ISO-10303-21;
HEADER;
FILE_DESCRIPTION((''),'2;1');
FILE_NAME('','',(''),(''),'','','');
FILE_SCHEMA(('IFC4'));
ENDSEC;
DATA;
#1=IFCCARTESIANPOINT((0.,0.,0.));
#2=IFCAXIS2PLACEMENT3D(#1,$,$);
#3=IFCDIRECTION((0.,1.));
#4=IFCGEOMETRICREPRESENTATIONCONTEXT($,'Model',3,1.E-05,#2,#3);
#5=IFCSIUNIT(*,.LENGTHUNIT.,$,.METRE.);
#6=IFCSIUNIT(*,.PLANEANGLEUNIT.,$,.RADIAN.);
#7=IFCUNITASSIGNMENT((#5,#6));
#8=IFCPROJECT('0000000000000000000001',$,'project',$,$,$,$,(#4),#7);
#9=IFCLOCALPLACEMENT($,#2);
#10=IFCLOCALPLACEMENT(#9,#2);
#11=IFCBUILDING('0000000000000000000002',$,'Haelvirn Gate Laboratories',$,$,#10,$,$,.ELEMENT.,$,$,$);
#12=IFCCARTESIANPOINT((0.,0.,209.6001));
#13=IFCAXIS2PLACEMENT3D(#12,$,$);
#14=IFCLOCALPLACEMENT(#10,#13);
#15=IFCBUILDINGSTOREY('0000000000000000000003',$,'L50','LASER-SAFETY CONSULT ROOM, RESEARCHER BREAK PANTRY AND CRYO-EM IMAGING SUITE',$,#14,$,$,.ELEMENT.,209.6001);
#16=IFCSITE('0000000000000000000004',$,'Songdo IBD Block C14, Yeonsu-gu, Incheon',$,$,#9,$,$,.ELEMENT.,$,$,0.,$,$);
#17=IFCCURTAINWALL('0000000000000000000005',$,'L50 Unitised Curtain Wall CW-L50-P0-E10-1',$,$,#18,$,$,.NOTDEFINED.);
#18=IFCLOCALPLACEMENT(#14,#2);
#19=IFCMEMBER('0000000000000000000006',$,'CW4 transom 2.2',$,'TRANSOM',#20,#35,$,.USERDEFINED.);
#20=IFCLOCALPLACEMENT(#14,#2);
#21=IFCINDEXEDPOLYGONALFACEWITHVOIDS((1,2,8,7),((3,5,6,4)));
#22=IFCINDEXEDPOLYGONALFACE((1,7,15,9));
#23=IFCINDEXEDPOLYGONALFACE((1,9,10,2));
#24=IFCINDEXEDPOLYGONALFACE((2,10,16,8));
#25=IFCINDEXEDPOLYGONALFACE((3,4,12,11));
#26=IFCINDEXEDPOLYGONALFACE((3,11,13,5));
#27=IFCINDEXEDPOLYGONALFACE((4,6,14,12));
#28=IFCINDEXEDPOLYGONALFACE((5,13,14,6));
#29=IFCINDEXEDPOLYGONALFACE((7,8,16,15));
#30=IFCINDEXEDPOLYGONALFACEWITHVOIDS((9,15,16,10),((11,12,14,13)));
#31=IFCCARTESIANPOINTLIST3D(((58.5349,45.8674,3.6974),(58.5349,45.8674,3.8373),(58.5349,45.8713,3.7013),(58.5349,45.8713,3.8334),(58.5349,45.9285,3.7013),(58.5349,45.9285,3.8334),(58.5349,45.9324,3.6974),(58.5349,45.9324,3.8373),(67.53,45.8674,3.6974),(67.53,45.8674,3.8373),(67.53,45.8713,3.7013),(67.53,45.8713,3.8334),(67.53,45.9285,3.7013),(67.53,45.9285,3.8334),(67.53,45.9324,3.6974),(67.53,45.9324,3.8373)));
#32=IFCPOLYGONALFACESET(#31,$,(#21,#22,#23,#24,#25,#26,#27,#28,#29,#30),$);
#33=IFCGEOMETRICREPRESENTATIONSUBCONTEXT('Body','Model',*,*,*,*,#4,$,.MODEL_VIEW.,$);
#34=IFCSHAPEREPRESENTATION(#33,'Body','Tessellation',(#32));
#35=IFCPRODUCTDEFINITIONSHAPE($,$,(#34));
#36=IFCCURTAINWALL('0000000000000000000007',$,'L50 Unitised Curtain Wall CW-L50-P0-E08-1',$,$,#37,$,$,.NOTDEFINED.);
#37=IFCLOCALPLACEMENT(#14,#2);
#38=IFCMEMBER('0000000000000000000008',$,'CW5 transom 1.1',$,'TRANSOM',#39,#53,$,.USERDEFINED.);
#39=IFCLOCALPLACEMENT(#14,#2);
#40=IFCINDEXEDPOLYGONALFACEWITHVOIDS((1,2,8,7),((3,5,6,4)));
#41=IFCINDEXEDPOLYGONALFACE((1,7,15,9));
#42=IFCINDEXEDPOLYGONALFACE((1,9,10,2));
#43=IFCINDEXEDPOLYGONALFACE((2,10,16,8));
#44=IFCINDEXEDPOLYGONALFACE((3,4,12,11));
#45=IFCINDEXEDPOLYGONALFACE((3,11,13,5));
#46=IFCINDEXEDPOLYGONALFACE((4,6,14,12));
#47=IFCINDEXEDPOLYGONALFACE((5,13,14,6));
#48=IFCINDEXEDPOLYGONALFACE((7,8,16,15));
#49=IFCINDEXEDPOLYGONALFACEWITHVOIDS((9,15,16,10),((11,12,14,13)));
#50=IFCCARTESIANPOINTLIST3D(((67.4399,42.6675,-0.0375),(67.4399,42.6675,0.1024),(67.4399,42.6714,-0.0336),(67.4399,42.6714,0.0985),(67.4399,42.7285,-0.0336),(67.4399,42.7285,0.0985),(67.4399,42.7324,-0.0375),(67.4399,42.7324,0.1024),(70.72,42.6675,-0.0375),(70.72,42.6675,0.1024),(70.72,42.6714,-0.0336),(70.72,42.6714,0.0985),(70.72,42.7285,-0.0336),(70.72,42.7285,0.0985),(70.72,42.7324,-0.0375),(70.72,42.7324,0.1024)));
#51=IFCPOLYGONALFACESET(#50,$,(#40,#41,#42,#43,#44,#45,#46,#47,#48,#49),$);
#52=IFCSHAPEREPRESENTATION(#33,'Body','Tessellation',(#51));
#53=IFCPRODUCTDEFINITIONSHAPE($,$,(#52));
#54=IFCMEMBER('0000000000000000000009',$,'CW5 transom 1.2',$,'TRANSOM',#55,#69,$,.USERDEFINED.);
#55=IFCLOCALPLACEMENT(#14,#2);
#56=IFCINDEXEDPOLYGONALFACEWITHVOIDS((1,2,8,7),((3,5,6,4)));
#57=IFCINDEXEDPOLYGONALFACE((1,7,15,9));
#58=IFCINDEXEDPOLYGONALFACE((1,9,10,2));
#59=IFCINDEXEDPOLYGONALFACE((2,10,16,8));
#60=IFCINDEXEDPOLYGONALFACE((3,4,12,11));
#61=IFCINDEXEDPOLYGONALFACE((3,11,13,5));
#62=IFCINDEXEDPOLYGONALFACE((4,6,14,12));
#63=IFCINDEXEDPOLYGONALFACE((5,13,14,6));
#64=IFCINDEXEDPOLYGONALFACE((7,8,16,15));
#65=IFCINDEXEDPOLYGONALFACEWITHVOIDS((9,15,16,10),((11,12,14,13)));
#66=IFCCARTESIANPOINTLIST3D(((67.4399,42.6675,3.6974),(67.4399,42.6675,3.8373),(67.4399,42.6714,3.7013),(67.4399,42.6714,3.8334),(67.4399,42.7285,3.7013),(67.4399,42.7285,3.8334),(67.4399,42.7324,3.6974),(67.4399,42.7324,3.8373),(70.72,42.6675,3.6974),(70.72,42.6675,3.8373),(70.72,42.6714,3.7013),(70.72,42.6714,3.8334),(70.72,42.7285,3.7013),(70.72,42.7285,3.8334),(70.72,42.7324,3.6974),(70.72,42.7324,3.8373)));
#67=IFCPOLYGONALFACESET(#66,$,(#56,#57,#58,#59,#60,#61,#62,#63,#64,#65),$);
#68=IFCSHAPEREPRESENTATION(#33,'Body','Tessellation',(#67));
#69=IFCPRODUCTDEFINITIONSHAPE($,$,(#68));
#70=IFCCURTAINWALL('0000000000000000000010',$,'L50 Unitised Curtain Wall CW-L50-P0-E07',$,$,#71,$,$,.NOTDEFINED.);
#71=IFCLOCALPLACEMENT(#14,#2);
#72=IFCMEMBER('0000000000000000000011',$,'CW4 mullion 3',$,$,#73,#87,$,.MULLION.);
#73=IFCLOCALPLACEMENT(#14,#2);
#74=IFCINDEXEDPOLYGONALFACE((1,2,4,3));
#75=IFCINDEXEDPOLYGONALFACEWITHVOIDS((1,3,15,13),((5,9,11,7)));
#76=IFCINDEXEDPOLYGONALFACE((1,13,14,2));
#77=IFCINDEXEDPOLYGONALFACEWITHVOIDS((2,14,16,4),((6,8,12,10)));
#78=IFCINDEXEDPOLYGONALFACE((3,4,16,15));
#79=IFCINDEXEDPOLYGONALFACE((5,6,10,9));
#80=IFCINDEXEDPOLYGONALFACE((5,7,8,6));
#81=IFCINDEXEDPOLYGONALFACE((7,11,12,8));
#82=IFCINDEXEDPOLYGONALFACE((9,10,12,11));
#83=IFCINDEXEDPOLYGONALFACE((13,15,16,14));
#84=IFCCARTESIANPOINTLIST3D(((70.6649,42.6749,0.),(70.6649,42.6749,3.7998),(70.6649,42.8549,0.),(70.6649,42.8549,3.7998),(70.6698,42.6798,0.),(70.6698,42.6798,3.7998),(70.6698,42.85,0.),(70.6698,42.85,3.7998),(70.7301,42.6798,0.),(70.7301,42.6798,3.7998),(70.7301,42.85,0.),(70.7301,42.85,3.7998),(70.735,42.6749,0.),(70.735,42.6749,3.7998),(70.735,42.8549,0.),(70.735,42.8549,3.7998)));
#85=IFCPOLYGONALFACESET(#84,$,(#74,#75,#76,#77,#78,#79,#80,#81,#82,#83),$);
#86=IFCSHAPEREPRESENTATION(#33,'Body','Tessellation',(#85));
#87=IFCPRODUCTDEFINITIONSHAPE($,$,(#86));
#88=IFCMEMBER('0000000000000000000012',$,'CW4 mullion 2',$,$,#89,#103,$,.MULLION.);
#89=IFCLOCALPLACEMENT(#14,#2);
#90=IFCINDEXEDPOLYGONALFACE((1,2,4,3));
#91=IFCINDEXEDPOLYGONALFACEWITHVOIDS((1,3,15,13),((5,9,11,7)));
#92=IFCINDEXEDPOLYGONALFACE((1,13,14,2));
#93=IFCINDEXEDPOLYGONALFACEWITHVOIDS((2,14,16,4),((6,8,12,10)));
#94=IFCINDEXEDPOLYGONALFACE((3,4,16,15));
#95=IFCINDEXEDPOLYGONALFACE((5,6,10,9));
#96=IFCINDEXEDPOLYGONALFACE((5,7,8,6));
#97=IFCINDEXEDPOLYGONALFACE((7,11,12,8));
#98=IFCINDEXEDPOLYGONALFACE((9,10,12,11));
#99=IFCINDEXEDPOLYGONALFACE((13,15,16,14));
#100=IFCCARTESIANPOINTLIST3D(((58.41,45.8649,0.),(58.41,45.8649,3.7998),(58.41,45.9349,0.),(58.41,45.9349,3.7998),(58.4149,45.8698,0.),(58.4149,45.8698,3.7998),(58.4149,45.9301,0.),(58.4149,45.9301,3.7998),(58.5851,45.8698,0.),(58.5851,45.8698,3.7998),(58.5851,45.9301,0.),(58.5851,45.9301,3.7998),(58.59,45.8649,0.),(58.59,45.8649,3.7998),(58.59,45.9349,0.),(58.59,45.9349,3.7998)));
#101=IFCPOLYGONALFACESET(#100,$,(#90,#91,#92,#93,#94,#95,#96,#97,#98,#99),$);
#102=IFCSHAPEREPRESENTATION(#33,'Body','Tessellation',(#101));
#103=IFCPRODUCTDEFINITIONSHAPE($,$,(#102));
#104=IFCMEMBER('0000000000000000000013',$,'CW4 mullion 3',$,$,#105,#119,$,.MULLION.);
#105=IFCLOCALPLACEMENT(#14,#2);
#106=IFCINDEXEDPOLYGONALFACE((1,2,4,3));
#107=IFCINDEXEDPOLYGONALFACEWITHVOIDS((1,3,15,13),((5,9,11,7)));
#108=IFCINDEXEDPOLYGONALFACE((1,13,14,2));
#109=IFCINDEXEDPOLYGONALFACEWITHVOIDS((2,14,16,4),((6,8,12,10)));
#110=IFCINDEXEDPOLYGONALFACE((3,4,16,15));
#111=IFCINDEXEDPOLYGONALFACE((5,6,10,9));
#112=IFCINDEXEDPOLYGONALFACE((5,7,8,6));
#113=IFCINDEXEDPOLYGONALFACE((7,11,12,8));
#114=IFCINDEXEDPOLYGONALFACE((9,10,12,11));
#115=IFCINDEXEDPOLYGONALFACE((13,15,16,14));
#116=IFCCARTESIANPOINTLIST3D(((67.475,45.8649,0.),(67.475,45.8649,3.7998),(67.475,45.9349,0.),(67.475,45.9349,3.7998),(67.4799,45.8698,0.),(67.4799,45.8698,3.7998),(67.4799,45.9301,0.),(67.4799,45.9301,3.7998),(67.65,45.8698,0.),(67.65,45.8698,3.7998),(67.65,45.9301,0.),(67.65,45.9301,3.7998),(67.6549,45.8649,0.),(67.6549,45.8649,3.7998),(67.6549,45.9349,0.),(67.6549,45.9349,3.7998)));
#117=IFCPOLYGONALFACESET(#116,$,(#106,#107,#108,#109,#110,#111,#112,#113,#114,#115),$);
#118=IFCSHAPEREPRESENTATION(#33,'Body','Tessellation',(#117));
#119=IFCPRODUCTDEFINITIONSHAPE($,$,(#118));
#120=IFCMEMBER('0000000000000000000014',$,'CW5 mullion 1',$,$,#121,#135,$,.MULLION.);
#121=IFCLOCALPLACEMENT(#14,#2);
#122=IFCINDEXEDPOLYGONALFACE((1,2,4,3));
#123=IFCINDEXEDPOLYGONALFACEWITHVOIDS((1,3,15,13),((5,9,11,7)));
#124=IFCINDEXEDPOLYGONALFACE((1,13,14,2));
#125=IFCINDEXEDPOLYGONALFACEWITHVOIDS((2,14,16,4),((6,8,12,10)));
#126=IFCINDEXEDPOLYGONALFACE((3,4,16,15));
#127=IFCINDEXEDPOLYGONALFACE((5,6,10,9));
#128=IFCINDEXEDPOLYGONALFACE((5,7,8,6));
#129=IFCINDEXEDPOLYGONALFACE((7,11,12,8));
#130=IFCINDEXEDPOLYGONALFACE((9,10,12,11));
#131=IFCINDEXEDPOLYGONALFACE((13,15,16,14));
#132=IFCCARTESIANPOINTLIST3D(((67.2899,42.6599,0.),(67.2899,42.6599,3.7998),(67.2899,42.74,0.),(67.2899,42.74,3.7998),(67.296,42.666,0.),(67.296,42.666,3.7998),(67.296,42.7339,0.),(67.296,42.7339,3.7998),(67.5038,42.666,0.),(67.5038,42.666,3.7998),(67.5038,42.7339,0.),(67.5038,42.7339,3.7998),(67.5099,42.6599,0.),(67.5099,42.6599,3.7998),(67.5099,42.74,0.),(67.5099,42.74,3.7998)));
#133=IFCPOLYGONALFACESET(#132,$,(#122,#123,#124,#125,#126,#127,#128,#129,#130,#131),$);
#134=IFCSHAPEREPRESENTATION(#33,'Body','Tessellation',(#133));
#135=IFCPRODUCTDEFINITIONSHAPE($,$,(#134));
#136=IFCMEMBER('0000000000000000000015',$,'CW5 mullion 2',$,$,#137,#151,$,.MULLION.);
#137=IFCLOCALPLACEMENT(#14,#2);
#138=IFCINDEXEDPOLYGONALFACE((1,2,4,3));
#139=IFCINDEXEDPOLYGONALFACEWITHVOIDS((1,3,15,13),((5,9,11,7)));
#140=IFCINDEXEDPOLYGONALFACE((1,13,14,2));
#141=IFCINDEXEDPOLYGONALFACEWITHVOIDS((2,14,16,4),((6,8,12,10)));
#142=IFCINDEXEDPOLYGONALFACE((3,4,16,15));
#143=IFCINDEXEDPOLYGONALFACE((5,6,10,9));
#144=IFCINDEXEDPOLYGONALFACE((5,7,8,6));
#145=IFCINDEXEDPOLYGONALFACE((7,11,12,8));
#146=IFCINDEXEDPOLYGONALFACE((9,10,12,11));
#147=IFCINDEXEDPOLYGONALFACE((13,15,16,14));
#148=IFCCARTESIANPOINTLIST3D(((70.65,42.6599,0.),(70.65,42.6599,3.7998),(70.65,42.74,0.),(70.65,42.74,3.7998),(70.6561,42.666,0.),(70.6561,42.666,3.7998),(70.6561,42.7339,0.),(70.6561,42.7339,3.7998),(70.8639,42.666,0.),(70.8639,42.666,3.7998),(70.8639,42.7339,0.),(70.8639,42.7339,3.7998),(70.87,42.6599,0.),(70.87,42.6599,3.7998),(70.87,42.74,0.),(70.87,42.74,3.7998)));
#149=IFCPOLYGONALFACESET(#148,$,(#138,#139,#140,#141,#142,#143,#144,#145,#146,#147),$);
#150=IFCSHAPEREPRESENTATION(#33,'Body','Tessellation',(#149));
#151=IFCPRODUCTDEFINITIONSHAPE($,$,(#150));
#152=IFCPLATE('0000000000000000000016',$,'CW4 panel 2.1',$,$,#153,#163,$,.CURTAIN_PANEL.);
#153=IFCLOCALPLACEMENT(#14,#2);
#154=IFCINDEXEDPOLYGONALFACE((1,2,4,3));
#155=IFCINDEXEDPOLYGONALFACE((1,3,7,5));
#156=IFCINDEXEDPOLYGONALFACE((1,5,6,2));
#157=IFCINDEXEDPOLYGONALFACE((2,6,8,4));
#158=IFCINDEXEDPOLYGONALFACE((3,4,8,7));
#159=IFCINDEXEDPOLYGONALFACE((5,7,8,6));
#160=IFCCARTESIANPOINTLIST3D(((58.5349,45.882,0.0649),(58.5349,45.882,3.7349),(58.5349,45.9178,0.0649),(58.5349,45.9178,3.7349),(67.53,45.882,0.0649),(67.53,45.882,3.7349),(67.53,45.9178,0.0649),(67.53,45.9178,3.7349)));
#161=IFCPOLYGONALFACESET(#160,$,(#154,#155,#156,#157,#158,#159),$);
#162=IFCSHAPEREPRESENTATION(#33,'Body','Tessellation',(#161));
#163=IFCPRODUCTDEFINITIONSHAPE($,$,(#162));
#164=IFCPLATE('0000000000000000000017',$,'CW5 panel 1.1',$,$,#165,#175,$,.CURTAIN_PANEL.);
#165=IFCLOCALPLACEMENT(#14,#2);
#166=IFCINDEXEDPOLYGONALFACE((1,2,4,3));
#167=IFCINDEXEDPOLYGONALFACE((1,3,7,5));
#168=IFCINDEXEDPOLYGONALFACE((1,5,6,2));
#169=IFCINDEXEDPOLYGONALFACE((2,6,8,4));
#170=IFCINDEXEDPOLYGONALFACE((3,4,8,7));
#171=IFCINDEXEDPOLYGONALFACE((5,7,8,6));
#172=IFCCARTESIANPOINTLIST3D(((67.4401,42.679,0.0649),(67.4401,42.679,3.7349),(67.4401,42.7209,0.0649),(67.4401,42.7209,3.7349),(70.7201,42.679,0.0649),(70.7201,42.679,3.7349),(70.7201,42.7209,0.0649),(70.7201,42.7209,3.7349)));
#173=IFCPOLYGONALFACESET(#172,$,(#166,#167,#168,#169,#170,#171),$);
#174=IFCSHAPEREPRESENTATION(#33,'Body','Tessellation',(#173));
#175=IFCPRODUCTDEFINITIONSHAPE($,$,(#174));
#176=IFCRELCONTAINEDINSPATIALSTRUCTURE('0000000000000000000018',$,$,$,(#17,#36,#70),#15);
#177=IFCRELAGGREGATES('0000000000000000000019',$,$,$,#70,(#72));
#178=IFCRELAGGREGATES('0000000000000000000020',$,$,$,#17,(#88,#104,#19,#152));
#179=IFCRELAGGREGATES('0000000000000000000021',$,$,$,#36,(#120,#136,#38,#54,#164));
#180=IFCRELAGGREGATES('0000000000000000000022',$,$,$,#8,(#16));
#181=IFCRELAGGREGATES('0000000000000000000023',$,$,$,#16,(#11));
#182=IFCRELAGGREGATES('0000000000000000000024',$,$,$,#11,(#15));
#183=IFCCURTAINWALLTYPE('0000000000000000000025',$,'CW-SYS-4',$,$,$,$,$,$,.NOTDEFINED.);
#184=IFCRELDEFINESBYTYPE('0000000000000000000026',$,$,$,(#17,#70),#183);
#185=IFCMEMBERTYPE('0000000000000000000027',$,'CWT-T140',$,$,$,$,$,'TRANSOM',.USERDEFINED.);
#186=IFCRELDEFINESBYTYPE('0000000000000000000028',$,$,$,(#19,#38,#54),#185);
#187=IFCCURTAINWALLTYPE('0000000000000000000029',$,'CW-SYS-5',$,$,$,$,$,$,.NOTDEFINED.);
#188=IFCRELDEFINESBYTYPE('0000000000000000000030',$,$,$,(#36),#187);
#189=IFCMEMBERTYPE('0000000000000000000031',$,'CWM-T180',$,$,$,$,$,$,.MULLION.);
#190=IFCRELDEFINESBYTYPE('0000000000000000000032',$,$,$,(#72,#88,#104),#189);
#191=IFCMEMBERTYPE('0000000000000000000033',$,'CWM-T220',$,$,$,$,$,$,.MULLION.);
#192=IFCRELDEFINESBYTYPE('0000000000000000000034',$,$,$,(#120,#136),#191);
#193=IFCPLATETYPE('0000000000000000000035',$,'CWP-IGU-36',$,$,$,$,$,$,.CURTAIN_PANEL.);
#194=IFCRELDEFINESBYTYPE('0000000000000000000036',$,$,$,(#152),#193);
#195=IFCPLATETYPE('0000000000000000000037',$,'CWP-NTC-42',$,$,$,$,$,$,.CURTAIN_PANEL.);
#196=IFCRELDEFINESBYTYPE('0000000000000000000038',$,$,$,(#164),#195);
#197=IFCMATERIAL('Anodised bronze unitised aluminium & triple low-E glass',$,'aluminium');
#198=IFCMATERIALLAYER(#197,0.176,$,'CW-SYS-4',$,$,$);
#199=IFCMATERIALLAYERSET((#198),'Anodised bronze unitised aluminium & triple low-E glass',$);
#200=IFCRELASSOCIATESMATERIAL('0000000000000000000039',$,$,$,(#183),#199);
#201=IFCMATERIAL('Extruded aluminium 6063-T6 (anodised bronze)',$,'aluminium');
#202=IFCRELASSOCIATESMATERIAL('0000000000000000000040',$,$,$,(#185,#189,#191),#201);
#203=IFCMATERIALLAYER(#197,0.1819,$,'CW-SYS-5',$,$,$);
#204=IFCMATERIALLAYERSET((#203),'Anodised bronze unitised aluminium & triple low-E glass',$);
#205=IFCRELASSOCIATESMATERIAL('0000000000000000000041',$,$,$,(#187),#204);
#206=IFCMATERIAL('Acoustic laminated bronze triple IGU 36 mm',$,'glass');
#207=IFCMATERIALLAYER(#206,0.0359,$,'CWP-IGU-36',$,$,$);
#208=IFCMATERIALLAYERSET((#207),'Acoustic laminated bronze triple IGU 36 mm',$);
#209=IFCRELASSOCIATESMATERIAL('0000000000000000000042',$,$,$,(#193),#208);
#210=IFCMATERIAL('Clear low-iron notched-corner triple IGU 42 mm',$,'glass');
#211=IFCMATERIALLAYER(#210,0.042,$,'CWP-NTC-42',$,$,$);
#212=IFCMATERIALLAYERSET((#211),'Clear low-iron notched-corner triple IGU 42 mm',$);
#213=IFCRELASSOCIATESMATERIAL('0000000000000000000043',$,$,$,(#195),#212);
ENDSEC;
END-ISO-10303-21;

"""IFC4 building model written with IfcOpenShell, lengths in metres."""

from ifc_helpers import new_model, si_unit, direction, frame, origin, origin_2d, place, context, subcontext, project, spatial, rectangle, hollow_rectangle, extrude, source, transform, mapped, material, layer, layer_set, material_profile, profile_set, type_object, type_shapes, element, aggregate, save


model = new_model("IFC4")

# Units and contexts
model_context = context("Model", 3, precision=1e-05, world=origin(), true_north=direction((0.0, 1.0)))
body_context = subcontext(model_context, "Body", "Model", "MODEL_VIEW")
ifc_project = project(units=[si_unit("LENGTHUNIT", "METRE"), si_unit("PLANEANGLEUNIT", "RADIAN")], contexts=[model_context])

# Site, building, storey
site_placement = place(None, origin())
site = spatial("IfcSite", under=ifc_project, at=site_placement, Name="Songdo IBD Block C14, Yeonsu-gu, Incheon", CompositionType="ELEMENT", RefElevation=0.0)
building_placement = place(site_placement, origin())
building = spatial("IfcBuilding", under=site, at=building_placement, Name="Haelvirn Gate Laboratories", CompositionType="ELEMENT")
storey_placement = place(building_placement, frame((0.0, 0.0, 209.6001)))
storey = spatial("IfcBuildingStorey", under=building, at=storey_placement, Name="L50", Description="LASER-SAFETY CONSULT ROOM, RESEARCHER BREAK PANTRY AND CRYO-EM IMAGING SUITE", CompositionType="ELEMENT", Elevation=209.6001)

# Curtain walls, members
ifc_material_1 = material(Name="Anodised bronze unitised aluminium & triple low-E glass", Category="aluminium")
ifc_layer_1 = layer(ifc_material_1, 0.176, Name="CW-SYS-4")
ifc_layer_set_1 = layer_set([ifc_layer_1], Name="Anodised bronze unitised aluminium & triple low-E glass")
curtain_wall_type_1 = type_object("IfcCurtainWallType", Name="CW-SYS-4", PredefinedType="NOTDEFINED", material=ifc_layer_set_1)
curtain_wall_1_placement = place(storey_placement, origin())
curtain_wall_1 = element("IfcCurtainWall", 1, at=curtain_wall_1_placement, inside=storey, type_object=curtain_wall_type_1, Name="L50 Unitised Curtain Wall CW-L50-P0-E10-1", PredefinedType="NOTDEFINED")
ifc_material_2 = material(Name="Extruded aluminium 6063-T6 (anodised bronze)", Category="aluminium")
ifc_material_profile_1 = material_profile(ifc_material_2, hollow_rectangle(XDim=0.0649, YDim=0.1399, WallThickness=0.0039, at=origin_2d()), Name="CWT-140x65x4")
ifc_profile_set_1 = profile_set([ifc_material_profile_1], Name="Extruded aluminium 6063-T6 (anodised bronze)")
member_type_1 = type_object("IfcMemberType", Name="CWT-T140", ElementType="TRANSOM", PredefinedType="USERDEFINED", material=ifc_profile_set_1)
shared_shape_1 = source(origin(), body_context, "Body", "SweptSolid", [
    extrude(hollow_rectangle(XDim=0.0649, YDim=0.1399, WallThickness=0.0039, at=origin_2d()), origin(), (0.0, 0.0, 1.0), 8.9951),
])
member_1_placement = place(storey_placement, frame((58.5349, 45.8999, 3.7673), z_axis=(1.0, 0.0, 0.0), x_axis=(0.0, 1.0, 0.0)))
member_1 = element("IfcMember", 2, at=member_1_placement, type_object=member_type_1, Name="CW4 transom 2.2", ObjectType="TRANSOM", PredefinedType="USERDEFINED", context=body_context, shape_type="MappedRepresentation", body=[
    mapped(shared_shape_1, transform((0.0, 0.0, 0.0), scale=1.0)),
])
ifc_layer_2 = layer(ifc_material_1, 0.1819, Name="CW-SYS-5")
ifc_layer_set_2 = layer_set([ifc_layer_2], Name="Anodised bronze unitised aluminium & triple low-E glass")
curtain_wall_type_2 = type_object("IfcCurtainWallType", Name="CW-SYS-5", PredefinedType="NOTDEFINED", material=ifc_layer_set_2)
curtain_wall_2_placement = place(storey_placement, origin())
curtain_wall_2 = element("IfcCurtainWall", 3, at=curtain_wall_2_placement, inside=storey, type_object=curtain_wall_type_2, Name="L50 Unitised Curtain Wall CW-L50-P0-E08-1", PredefinedType="NOTDEFINED")
shared_shape_2 = source(origin(), body_context, "Body", "SweptSolid", [
    extrude(hollow_rectangle(XDim=0.0649, YDim=0.1399, WallThickness=0.0039, at=origin_2d()), origin(), (0.0, 0.0, 1.0), 3.28),
])
type_shapes(member_type_1, [shared_shape_1, shared_shape_2])
member_2_placement = place(storey_placement, frame((67.4399, 42.7, 0.0325), z_axis=(1.0, 0.0, 0.0), x_axis=(0.0, 1.0, 0.0)))
member_2 = element("IfcMember", 4, at=member_2_placement, type_object=member_type_1, Name="CW5 transom 1.1", ObjectType="TRANSOM", PredefinedType="USERDEFINED", context=body_context, shape_type="MappedRepresentation", body=[
    mapped(shared_shape_2, transform((0.0, 0.0, 0.0), scale=1.0)),
])
member_3_placement = place(storey_placement, frame((67.4399, 42.7, 3.7673), z_axis=(1.0, 0.0, 0.0), x_axis=(0.0, 1.0, 0.0)))
member_3 = element("IfcMember", 5, at=member_3_placement, type_object=member_type_1, Name="CW5 transom 1.2", ObjectType="TRANSOM", PredefinedType="USERDEFINED", context=body_context, shape_type="MappedRepresentation", body=[
    mapped(shared_shape_2, transform((0.0, 0.0, 0.0), scale=1.0)),
])

# Curtain wall, member
curtain_wall_3_placement = place(storey_placement, origin())
curtain_wall_3 = element("IfcCurtainWall", 6, at=curtain_wall_3_placement, inside=storey, type_object=curtain_wall_type_1, Name="L50 Unitised Curtain Wall CW-L50-P0-E07", PredefinedType="NOTDEFINED")
ifc_material_profile_2 = material_profile(ifc_material_2, hollow_rectangle(XDim=0.0701, YDim=0.1799, WallThickness=0.0049, at=origin_2d()), Name="CWM-180x70x5")
ifc_profile_set_2 = profile_set([ifc_material_profile_2], Name="Extruded aluminium 6063-T6 (anodised bronze)")
member_type_2 = type_object("IfcMemberType", Name="CWM-T180", PredefinedType="MULLION", material=ifc_profile_set_2)
shared_shape_3 = source(origin(), body_context, "Body", "SweptSolid", [
    extrude(hollow_rectangle(XDim=0.0701, YDim=0.1799, WallThickness=0.0049, at=origin_2d()), origin(), (0.0, 0.0, 1.0), 3.7998),
])
type_shapes(member_type_2, [shared_shape_3])
member_4_placement = place(storey_placement, frame((70.7, 42.7649, 0.0), z_axis=(0.0, 0.0, 1.0), x_axis=(-1.0, 0.0, 0.0)))
member_4 = element("IfcMember", 7, at=member_4_placement, type_object=member_type_2, Name="CW4 mullion 3", PredefinedType="MULLION", context=body_context, shape_type="MappedRepresentation", body=[
    mapped(shared_shape_3, transform((0.0, 0.0, 0.0), scale=1.0)),
])
aggregate(curtain_wall_3, [member_4])

# Members
member_5_placement = place(storey_placement, frame((58.5, 45.8999, 0.0), z_axis=(0.0, 0.0, 1.0), x_axis=(0.0, 1.0, 0.0)))
member_5 = element("IfcMember", 8, at=member_5_placement, type_object=member_type_2, Name="CW4 mullion 2", PredefinedType="MULLION", context=body_context, shape_type="MappedRepresentation", body=[
    mapped(shared_shape_3, transform((0.0, 0.0, 0.0), scale=1.0)),
])
member_6_placement = place(storey_placement, frame((67.5649, 45.8999, 0.0), z_axis=(0.0, 0.0, 1.0), x_axis=(0.0, 1.0, 0.0)))
member_6 = element("IfcMember", 9, at=member_6_placement, type_object=member_type_2, Name="CW4 mullion 3", PredefinedType="MULLION", context=body_context, shape_type="MappedRepresentation", body=[
    mapped(shared_shape_3, transform((0.0, 0.0, 0.0), scale=1.0)),
])
ifc_material_profile_3 = material_profile(ifc_material_2, hollow_rectangle(XDim=0.0801, YDim=0.22, WallThickness=0.0061, at=origin_2d()), Name="CWM-220x80x6")
ifc_profile_set_3 = profile_set([ifc_material_profile_3], Name="Extruded aluminium 6063-T6 (anodised bronze)")
member_type_3 = type_object("IfcMemberType", Name="CWM-T220", PredefinedType="MULLION", material=ifc_profile_set_3)
shared_shape_4 = source(origin(), body_context, "Body", "SweptSolid", [
    extrude(hollow_rectangle(XDim=0.0801, YDim=0.22, WallThickness=0.0061, at=origin_2d()), origin(), (0.0, 0.0, 1.0), 3.7998),
])
type_shapes(member_type_3, [shared_shape_4])
member_7_placement = place(storey_placement, frame((67.3999, 42.7, 0.0), z_axis=(0.0, 0.0, 1.0), x_axis=(0.0, 1.0, 0.0)))
member_7 = element("IfcMember", 10, at=member_7_placement, type_object=member_type_3, Name="CW5 mullion 1", PredefinedType="MULLION", context=body_context, shape_type="MappedRepresentation", body=[
    mapped(shared_shape_4, transform((0.0, 0.0, 0.0), scale=1.0)),
])
member_8_placement = place(storey_placement, frame((70.76, 42.7, 0.0), z_axis=(0.0, 0.0, 1.0), x_axis=(0.0, 1.0, 0.0)))
member_8 = element("IfcMember", 11, at=member_8_placement, type_object=member_type_3, Name="CW5 mullion 2", PredefinedType="MULLION", context=body_context, shape_type="MappedRepresentation", body=[
    mapped(shared_shape_4, transform((0.0, 0.0, 0.0), scale=1.0)),
])

# Plates
ifc_material_3 = material(Name="Acoustic laminated bronze triple IGU 36 mm", Category="glass")
ifc_layer_3 = layer(ifc_material_3, 0.0359, Name="CWP-IGU-36")
ifc_layer_set_3 = layer_set([ifc_layer_3], Name="Acoustic laminated bronze triple IGU 36 mm")
plate_type_1 = type_object("IfcPlateType", Name="CWP-IGU-36", PredefinedType="CURTAIN_PANEL", material=ifc_layer_set_3)
shared_shape_5 = source(origin(), body_context, "Body", "SweptSolid", [
    extrude(rectangle(XDim=8.9951, YDim=0.0359, at=origin_2d()), origin(), (0.0, 0.0, 1.0), 3.6699),
])
type_shapes(plate_type_1, [shared_shape_5])
plate_1_placement = place(storey_placement, frame((63.0325, 45.8999, 0.0649), z_axis=(0.0, 0.0, 1.0), x_axis=(1.0, 0.0, 0.0)))
plate_1 = element("IfcPlate", 12, at=plate_1_placement, type_object=plate_type_1, Name="CW4 panel 2.1", PredefinedType="CURTAIN_PANEL", context=body_context, shape_type="MappedRepresentation", body=[
    mapped(shared_shape_5, transform((0.0, 0.0, 0.0), scale=1.0)),
])
aggregate(curtain_wall_1, [member_5, member_6, member_1, plate_1])
ifc_material_4 = material(Name="Clear low-iron notched-corner triple IGU 42 mm", Category="glass")
ifc_layer_4 = layer(ifc_material_4, 0.042, Name="CWP-NTC-42")
ifc_layer_set_4 = layer_set([ifc_layer_4], Name="Clear low-iron notched-corner triple IGU 42 mm")
plate_type_2 = type_object("IfcPlateType", Name="CWP-NTC-42", PredefinedType="CURTAIN_PANEL", material=ifc_layer_set_4)
shared_shape_6 = source(origin(), body_context, "Body", "SweptSolid", [
    extrude(rectangle(XDim=3.28, YDim=0.042, at=origin_2d()), origin(), (0.0, 0.0, 1.0), 3.6699),
])
type_shapes(plate_type_2, [shared_shape_6])
plate_2_placement = place(storey_placement, frame((69.0801, 42.7, 0.0649), z_axis=(0.0, 0.0, 1.0), x_axis=(1.0, 0.0, 0.0)))
plate_2 = element("IfcPlate", 13, at=plate_2_placement, type_object=plate_type_2, Name="CW5 panel 1.1", PredefinedType="CURTAIN_PANEL", context=body_context, shape_type="MappedRepresentation", body=[
    mapped(shared_shape_6, transform((0.0, 0.0, 0.0), scale=1.0)),
])
aggregate(curtain_wall_2, [member_7, member_8, member_2, member_3, plate_2])

save(model, "model.ifc")
